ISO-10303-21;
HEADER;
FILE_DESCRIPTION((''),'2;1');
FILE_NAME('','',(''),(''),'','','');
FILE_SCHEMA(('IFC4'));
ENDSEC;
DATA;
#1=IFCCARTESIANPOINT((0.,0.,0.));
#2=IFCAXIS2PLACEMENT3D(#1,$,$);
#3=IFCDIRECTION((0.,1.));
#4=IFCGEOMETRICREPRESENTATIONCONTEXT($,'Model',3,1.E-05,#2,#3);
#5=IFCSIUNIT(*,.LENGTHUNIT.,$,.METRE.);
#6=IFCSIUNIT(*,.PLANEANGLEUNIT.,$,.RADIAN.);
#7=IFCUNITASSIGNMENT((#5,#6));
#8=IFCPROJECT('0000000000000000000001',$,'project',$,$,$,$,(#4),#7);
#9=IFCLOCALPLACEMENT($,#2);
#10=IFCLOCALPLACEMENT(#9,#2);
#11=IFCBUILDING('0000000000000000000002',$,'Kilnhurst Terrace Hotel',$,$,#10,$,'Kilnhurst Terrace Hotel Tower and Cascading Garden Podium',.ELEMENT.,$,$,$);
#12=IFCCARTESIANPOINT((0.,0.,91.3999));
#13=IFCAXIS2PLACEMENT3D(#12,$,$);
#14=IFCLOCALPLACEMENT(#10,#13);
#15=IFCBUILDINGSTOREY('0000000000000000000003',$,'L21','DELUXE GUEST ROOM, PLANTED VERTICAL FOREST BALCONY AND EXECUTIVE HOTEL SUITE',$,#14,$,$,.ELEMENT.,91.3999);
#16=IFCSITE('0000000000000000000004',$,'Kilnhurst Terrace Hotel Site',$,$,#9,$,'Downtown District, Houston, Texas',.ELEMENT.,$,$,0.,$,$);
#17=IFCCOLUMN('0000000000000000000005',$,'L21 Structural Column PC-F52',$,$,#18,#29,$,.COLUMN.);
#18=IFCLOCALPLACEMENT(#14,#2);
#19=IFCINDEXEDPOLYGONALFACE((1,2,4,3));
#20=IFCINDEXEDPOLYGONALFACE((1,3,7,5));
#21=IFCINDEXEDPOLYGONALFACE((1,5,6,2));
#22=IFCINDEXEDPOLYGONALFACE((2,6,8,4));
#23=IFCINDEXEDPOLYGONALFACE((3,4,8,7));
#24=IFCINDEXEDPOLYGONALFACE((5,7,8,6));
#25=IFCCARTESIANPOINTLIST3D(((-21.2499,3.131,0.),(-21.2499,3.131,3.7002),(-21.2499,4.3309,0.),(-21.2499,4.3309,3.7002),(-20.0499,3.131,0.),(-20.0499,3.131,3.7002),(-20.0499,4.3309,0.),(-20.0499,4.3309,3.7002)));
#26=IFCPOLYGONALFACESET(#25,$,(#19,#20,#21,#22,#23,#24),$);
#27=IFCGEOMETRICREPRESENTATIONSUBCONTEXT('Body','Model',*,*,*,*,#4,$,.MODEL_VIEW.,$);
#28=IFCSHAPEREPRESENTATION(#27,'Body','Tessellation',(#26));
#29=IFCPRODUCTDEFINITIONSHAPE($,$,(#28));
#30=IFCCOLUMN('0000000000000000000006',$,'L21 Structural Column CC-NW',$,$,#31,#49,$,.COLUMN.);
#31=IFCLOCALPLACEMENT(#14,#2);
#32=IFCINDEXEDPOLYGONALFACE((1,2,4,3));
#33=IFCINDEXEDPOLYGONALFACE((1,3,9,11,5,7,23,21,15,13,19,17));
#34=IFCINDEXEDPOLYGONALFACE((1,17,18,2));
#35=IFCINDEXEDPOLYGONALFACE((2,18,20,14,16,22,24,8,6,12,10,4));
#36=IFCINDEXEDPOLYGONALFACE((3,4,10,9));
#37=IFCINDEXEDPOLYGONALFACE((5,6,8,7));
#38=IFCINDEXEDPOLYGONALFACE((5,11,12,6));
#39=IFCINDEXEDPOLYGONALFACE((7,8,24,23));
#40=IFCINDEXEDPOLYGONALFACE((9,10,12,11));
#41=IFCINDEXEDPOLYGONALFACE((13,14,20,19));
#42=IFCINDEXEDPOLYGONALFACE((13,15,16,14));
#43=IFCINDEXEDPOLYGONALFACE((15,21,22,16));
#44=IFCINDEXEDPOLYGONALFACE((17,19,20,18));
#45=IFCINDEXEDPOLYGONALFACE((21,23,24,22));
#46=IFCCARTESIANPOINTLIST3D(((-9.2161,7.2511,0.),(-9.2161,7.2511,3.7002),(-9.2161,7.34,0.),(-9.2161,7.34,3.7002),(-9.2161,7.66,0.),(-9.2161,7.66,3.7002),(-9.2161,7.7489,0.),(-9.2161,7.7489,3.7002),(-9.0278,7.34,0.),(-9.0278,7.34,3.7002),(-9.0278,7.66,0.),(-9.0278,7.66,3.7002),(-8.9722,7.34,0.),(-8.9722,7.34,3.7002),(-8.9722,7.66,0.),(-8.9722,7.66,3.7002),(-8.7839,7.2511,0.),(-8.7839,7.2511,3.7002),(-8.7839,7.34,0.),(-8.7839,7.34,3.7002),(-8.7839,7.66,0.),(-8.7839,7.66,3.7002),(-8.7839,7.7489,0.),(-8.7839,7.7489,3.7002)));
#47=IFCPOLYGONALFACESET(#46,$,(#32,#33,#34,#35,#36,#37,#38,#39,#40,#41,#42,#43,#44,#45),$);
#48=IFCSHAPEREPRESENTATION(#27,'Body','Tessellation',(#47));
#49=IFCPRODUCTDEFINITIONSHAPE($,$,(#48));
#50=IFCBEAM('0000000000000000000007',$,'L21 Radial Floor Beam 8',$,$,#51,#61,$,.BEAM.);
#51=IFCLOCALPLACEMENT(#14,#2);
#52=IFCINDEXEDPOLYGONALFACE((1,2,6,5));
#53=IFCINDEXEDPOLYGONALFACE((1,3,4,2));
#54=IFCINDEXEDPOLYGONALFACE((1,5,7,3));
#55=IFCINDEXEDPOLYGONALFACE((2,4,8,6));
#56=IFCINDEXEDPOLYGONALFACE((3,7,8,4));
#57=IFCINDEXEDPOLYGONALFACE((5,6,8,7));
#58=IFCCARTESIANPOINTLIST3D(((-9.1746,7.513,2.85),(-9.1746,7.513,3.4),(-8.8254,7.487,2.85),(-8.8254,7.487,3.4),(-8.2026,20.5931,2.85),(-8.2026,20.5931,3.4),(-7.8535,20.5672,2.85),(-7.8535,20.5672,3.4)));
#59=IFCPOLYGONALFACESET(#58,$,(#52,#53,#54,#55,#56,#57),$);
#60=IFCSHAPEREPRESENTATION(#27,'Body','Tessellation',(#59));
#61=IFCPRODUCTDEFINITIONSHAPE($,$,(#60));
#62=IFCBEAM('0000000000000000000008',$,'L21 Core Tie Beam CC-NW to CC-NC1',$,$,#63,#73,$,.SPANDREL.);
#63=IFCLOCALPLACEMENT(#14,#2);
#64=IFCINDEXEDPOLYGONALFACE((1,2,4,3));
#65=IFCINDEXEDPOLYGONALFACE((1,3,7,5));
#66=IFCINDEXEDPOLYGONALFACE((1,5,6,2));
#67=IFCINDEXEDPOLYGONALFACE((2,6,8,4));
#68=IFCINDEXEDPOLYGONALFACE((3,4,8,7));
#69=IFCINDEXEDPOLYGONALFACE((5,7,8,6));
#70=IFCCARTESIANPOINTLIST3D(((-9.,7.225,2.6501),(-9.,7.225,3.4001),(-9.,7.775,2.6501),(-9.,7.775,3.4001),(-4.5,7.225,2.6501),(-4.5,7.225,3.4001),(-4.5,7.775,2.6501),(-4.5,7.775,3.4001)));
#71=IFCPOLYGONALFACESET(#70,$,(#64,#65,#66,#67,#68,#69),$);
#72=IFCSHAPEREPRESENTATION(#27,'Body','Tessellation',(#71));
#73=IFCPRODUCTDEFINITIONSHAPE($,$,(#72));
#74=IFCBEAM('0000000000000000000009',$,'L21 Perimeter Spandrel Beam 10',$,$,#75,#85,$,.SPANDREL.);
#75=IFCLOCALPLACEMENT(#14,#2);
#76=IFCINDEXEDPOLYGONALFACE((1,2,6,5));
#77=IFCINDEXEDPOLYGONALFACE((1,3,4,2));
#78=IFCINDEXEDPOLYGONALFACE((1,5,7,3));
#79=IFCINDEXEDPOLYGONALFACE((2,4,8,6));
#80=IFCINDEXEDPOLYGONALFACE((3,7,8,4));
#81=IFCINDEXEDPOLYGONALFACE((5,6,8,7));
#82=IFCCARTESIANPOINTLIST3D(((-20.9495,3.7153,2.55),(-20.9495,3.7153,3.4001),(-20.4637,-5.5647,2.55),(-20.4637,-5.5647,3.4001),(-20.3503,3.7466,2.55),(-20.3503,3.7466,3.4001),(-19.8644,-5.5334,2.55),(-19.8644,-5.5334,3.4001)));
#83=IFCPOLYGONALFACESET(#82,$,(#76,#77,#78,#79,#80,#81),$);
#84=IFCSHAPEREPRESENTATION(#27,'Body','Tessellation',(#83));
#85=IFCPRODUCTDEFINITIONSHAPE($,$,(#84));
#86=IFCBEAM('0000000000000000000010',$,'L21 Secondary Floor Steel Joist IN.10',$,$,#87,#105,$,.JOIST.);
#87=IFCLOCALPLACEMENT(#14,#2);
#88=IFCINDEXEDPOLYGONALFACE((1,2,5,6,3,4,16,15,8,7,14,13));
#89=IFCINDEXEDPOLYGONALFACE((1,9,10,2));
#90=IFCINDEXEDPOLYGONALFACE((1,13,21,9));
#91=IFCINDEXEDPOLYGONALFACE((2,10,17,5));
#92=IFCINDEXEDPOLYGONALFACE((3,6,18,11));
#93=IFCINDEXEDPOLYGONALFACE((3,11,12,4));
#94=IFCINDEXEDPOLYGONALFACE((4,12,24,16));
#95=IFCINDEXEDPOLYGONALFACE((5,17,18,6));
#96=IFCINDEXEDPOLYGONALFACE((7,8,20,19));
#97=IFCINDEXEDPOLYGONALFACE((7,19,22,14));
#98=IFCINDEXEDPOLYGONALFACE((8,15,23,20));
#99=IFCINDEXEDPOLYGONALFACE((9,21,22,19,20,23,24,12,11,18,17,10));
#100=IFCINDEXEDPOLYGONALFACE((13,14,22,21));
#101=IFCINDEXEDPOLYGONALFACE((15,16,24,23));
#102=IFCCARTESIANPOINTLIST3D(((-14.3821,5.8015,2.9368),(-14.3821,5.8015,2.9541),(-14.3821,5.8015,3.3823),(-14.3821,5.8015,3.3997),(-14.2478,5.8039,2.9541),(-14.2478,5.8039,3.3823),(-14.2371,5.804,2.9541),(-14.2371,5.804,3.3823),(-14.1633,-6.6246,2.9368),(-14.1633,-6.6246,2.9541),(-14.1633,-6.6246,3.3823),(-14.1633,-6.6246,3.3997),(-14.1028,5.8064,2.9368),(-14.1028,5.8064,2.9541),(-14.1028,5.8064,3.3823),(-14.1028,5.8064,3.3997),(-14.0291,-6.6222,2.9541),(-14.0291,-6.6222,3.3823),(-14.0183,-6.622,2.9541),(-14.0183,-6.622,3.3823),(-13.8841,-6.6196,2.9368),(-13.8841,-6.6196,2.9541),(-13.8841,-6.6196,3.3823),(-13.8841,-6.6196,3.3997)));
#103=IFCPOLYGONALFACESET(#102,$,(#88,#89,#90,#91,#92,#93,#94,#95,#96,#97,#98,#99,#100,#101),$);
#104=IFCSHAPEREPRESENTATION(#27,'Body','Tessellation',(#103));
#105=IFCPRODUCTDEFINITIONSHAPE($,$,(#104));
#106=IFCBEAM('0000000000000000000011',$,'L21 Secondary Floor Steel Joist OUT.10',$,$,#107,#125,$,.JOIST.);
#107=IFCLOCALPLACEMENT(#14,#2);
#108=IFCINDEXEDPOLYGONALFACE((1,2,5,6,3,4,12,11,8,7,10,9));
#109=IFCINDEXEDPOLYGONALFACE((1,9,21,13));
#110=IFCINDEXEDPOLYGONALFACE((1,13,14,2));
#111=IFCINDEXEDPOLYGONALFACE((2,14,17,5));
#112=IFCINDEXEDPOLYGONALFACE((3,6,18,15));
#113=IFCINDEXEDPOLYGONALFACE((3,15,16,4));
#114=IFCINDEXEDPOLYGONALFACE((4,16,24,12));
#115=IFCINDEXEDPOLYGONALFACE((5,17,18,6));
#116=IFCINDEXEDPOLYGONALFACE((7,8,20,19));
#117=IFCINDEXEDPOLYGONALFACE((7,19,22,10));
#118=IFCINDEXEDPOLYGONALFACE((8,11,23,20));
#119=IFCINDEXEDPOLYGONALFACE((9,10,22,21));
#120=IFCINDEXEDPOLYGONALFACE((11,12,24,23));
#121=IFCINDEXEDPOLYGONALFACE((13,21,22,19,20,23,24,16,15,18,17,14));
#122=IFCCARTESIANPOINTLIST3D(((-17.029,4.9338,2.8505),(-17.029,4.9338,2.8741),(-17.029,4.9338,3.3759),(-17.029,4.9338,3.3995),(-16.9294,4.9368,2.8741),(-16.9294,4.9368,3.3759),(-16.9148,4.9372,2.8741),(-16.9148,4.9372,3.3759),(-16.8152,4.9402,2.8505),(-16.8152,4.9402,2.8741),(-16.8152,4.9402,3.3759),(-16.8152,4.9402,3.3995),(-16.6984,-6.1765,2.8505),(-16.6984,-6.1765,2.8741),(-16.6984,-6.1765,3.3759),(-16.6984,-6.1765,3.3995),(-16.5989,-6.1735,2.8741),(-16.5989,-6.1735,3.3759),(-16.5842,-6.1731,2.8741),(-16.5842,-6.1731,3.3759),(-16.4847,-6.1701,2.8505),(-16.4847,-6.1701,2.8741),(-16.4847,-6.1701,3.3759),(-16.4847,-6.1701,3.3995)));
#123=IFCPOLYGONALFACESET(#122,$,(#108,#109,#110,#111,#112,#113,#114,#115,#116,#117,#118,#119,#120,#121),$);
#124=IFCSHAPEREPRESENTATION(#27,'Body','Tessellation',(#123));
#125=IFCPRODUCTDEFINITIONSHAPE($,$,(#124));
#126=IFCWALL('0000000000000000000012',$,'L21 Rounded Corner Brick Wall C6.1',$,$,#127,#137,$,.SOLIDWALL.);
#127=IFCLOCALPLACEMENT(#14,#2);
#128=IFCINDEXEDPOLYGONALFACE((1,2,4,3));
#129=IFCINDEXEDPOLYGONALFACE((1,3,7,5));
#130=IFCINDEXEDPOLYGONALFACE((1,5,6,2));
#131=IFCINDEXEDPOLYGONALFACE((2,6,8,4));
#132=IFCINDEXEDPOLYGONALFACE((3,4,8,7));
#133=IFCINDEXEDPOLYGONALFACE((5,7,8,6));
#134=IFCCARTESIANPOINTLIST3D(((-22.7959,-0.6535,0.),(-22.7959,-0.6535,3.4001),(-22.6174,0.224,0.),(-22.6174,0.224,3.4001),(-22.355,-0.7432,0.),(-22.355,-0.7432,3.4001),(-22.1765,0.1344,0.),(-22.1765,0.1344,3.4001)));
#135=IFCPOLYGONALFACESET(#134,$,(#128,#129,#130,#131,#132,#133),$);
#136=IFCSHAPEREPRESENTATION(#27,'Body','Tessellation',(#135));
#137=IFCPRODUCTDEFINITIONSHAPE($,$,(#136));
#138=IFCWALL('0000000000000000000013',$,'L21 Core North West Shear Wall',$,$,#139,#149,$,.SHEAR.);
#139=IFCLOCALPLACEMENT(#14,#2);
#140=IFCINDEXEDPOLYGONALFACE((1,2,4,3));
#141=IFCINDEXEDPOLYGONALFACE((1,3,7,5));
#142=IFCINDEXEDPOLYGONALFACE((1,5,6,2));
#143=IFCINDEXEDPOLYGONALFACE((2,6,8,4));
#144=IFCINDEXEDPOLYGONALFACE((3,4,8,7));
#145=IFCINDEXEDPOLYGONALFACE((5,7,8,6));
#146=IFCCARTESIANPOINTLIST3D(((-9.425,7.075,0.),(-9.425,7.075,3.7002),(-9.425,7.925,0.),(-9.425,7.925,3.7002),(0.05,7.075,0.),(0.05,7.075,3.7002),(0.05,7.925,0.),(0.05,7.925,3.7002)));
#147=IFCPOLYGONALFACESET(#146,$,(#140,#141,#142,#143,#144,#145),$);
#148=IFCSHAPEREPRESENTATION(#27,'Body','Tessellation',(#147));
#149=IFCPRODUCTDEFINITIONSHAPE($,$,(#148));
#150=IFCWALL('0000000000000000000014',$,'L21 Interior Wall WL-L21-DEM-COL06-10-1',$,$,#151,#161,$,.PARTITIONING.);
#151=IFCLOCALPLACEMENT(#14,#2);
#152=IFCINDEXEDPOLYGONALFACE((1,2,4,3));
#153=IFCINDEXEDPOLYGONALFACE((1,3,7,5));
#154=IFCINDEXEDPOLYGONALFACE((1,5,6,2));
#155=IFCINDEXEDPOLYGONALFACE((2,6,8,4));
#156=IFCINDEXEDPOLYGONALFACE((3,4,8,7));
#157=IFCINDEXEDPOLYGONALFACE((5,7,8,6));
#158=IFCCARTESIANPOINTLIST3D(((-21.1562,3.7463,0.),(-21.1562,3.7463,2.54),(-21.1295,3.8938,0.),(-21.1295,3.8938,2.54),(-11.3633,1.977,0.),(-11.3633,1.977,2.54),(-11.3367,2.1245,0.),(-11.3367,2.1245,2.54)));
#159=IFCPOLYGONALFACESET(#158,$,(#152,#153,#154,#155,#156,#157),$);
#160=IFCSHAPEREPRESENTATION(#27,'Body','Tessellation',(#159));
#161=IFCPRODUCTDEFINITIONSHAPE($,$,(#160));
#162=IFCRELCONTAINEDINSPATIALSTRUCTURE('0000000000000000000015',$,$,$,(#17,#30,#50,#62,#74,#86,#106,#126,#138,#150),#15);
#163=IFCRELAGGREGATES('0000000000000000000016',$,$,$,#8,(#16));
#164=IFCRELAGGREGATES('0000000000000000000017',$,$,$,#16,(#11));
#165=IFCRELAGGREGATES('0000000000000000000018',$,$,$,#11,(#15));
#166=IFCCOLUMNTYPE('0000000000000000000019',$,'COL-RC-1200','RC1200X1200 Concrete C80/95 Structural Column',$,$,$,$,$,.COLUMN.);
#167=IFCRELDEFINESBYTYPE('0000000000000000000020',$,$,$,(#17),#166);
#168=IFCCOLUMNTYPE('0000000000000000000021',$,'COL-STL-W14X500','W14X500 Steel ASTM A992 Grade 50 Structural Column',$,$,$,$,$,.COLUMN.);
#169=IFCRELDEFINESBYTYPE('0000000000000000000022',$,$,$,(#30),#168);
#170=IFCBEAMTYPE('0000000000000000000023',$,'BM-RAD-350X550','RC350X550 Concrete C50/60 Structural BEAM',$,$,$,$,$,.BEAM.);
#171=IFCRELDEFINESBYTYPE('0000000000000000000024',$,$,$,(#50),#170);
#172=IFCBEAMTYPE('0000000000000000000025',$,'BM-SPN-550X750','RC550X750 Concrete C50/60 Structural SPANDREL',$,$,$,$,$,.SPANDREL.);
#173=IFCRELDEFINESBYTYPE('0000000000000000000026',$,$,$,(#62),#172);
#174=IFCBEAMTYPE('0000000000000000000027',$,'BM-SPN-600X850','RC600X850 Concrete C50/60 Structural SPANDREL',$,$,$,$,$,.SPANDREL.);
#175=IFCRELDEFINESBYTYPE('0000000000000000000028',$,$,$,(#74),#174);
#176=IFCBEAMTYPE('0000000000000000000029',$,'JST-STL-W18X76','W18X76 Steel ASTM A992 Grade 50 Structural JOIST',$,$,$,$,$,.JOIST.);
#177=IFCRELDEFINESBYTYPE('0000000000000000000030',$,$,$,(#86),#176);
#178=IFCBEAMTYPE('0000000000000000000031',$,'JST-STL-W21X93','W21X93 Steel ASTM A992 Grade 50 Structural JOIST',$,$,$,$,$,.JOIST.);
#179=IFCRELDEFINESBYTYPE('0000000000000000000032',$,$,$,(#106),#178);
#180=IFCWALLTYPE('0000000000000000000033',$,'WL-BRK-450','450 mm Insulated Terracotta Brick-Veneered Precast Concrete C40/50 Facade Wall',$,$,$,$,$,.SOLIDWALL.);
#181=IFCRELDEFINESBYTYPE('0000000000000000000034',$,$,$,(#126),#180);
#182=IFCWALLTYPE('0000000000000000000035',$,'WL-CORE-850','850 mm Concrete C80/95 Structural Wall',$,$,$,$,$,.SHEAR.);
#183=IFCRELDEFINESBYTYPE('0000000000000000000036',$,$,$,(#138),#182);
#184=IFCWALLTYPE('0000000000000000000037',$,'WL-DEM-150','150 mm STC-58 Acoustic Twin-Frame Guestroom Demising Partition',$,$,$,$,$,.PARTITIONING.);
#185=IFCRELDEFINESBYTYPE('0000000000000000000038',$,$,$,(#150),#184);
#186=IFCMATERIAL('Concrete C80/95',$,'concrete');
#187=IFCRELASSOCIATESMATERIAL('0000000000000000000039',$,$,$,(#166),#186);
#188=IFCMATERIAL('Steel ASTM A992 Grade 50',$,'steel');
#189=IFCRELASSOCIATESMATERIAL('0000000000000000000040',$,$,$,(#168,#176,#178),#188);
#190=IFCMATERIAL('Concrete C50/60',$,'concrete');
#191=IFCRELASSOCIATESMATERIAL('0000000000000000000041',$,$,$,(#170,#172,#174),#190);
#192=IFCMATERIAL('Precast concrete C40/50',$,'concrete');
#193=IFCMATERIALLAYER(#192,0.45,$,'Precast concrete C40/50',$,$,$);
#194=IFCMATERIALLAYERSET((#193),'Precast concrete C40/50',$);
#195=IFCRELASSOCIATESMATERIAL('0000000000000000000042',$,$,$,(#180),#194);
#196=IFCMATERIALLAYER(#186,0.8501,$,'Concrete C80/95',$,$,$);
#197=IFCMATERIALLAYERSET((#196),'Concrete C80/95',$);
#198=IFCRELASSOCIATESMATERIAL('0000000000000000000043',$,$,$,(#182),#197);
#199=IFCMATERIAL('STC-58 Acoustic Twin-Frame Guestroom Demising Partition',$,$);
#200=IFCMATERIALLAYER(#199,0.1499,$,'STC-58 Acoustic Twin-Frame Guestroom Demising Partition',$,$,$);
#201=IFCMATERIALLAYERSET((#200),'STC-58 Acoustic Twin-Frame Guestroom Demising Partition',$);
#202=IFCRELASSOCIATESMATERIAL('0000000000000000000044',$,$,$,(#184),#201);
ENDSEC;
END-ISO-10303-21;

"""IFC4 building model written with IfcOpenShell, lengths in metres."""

from ifc_helpers import new_model, si_unit, direction, frame, frame_2d, origin, origin_2d, place, context, subcontext, project, spatial, rectangle, i_section, extrude, material, layer, layer_set, material_profile, profile_set, type_object, element, save


model = new_model("IFC4")

# Units and contexts
model_context = context("Model", 3, precision=1e-05, world=origin(), true_north=direction((0.0, 1.0)))
body_context = subcontext(model_context, "Body", "Model", "MODEL_VIEW")
ifc_project = project(units=[si_unit("LENGTHUNIT", "METRE"), si_unit("PLANEANGLEUNIT", "RADIAN")], contexts=[model_context])

# Site, building, storey
site_placement = place(None, origin())
site = spatial("IfcSite", under=ifc_project, at=site_placement, Name="Kilnhurst Terrace Hotel Site", LongName="Downtown District, Houston, Texas", CompositionType="ELEMENT", RefElevation=0.0)
building_placement = place(site_placement, origin())
building = spatial("IfcBuilding", under=site, at=building_placement, Name="Kilnhurst Terrace Hotel", LongName="Kilnhurst Terrace Hotel Tower and Cascading Garden Podium", CompositionType="ELEMENT")
storey_placement = place(building_placement, frame((0.0, 0.0, 91.3999)))
storey = spatial("IfcBuildingStorey", under=building, at=storey_placement, Name="L21", Description="DELUXE GUEST ROOM, PLANTED VERTICAL FOREST BALCONY AND EXECUTIVE HOTEL SUITE", CompositionType="ELEMENT", Elevation=91.3999)

# Columns
ifc_material_1 = material(Name="Concrete C80/95", Category="concrete")
ifc_material_profile_1 = material_profile(ifc_material_1, rectangle(XDim=1.2, YDim=1.2, at=origin_2d()), Name="RC1200X1200")
ifc_profile_set_1 = profile_set([ifc_material_profile_1], Name="Concrete C80/95")
column_type_1 = type_object("IfcColumnType", Name="COL-RC-1200", Description="RC1200X1200 Concrete C80/95 Structural Column", PredefinedType="COLUMN", material=ifc_profile_set_1)
column_1_placement = place(storey_placement, frame((-20.6499, 3.731, 0.0), z_axis=(0.0, 0.0, 1.0), x_axis=(1.0, 0.0, 0.0)))
element("IfcColumn", 1, at=column_1_placement, inside=storey, type_object=column_type_1, Name="L21 Structural Column PC-F52", PredefinedType="COLUMN", context=body_context, shape_type="SweptSolid", body=[
    extrude(rectangle(XDim=1.2, YDim=1.2, at=origin_2d()), origin(), (0.0, 0.0, 1.0), 3.7002),
])
ifc_material_2 = material(Name="Steel ASTM A992 Grade 50", Category="steel")
ifc_material_profile_2 = material_profile(ifc_material_2, i_section(OverallWidth=0.4321, OverallDepth=0.4978, WebThickness=0.0557, FlangeThickness=0.0889, at=origin_2d()), Name="W14X500")
ifc_profile_set_2 = profile_set([ifc_material_profile_2], Name="Steel ASTM A992 Grade 50")
column_type_2 = type_object("IfcColumnType", Name="COL-STL-W14X500", Description="W14X500 Steel ASTM A992 Grade 50 Structural Column", PredefinedType="COLUMN", material=ifc_profile_set_2)
column_2_placement = place(storey_placement, frame((-9.0, 7.5, 0.0), z_axis=(0.0, 0.0, 1.0), x_axis=(1.0, 0.0, 0.0)))
element("IfcColumn", 2, at=column_2_placement, inside=storey, type_object=column_type_2, Name="L21 Structural Column CC-NW", PredefinedType="COLUMN", context=body_context, shape_type="SweptSolid", body=[
    extrude(i_section(OverallWidth=0.4321, OverallDepth=0.4978, WebThickness=0.0557, FlangeThickness=0.0889, at=origin_2d()), origin(), (0.0, 0.0, 1.0), 3.7002),
])

# Beams
ifc_material_3 = material(Name="Concrete C50/60", Category="concrete")
ifc_material_profile_3 = material_profile(ifc_material_3, rectangle(XDim=0.3501, YDim=0.55, at=origin_2d()), Name="RC350X550")
ifc_profile_set_3 = profile_set([ifc_material_profile_3], Name="Concrete C50/60")
beam_type_1 = type_object("IfcBeamType", Name="BM-RAD-350X550", Description="RC350X550 Concrete C50/60 Structural BEAM", PredefinedType="BEAM", material=ifc_profile_set_3)
beam_1_placement = place(storey_placement, frame((-9.0, 7.5, 3.125), z_axis=(0.074101, 0.997251, 0.0), x_axis=(-0.997251, 0.074101, 0.0)))
element("IfcBeam", 3, at=beam_1_placement, inside=storey, type_object=beam_type_1, Name="L21 Radial Floor Beam 8", PredefinedType="BEAM", context=body_context, shape_type="SweptSolid", body=[
    extrude(rectangle(XDim=0.3501, YDim=0.55, at=origin_2d()), origin(), (0.0, 0.0, 1.0), 13.1162),
])
ifc_material_profile_4 = material_profile(ifc_material_3, rectangle(XDim=0.55, YDim=0.75, at=origin_2d()), Name="RC550X750")
ifc_profile_set_4 = profile_set([ifc_material_profile_4], Name="Concrete C50/60")
beam_type_2 = type_object("IfcBeamType", Name="BM-SPN-550X750", Description="RC550X750 Concrete C50/60 Structural SPANDREL", PredefinedType="SPANDREL", material=ifc_profile_set_4)
beam_2_placement = place(storey_placement, frame((-9.0, 7.5, 3.0251), z_axis=(1.0, 0.0, 0.0), x_axis=(0.0, 1.0, 0.0)))
element("IfcBeam", 4, at=beam_2_placement, inside=storey, type_object=beam_type_2, Name="L21 Core Tie Beam CC-NW to CC-NC1", PredefinedType="SPANDREL", context=body_context, shape_type="SweptSolid", body=[
    extrude(rectangle(XDim=0.55, YDim=0.75, at=origin_2d()), origin(), (0.0, 0.0, 1.0), 4.5),
])
ifc_material_profile_5 = material_profile(ifc_material_3, rectangle(XDim=0.6001, YDim=0.8501, at=origin_2d()), Name="RC600X850")
ifc_profile_set_5 = profile_set([ifc_material_profile_5], Name="Concrete C50/60")
beam_type_3 = type_object("IfcBeamType", Name="BM-SPN-600X850", Description="RC600X850 Concrete C50/60 Structural SPANDREL", PredefinedType="SPANDREL", material=ifc_profile_set_5)
beam_3_placement = place(storey_placement, frame((-20.6499, 3.731, 2.9751), z_axis=(0.052282, -0.998632, 0.0), x_axis=(0.998632, 0.052282, 0.0)))
element("IfcBeam", 5, at=beam_3_placement, inside=storey, type_object=beam_type_3, Name="L21 Perimeter Spandrel Beam 10", PredefinedType="SPANDREL", context=body_context, shape_type="SweptSolid", body=[
    extrude(rectangle(XDim=0.6001, YDim=0.8501, at=origin_2d()), origin(), (0.0, 0.0, 1.0), 9.2927),
])
ifc_material_profile_6 = material_profile(ifc_material_2, i_section(OverallWidth=0.2793, OverallDepth=0.4629, WebThickness=0.0107, FlangeThickness=0.0173, at=origin_2d()), Name="W18X76")
ifc_profile_set_6 = profile_set([ifc_material_profile_6], Name="Steel ASTM A992 Grade 50")
beam_type_4 = type_object("IfcBeamType", Name="JST-STL-W18X76", Description="W18X76 Steel ASTM A992 Grade 50 Structural JOIST", PredefinedType="JOIST", material=ifc_profile_set_6)
beam_4_placement = place(storey_placement, frame((-14.2424, 5.804, 3.1682), z_axis=(0.017601, -0.999845, 0.0), x_axis=(0.999845, 0.017601, 0.0)))
element("IfcBeam", 6, at=beam_4_placement, inside=storey, type_object=beam_type_4, Name="L21 Secondary Floor Steel Joist IN.10", PredefinedType="JOIST", context=body_context, shape_type="SweptSolid", body=[
    extrude(i_section(OverallWidth=0.2793, OverallDepth=0.4629, WebThickness=0.0107, FlangeThickness=0.0173, at=origin_2d()), origin(), (0.0, 0.0, 1.0), 12.428),
])
ifc_material_profile_7 = material_profile(ifc_material_2, i_section(OverallWidth=0.2139, OverallDepth=0.5491, WebThickness=0.0146, FlangeThickness=0.0237, at=origin_2d()), Name="W21X93")
ifc_profile_set_7 = profile_set([ifc_material_profile_7], Name="Steel ASTM A992 Grade 50")
beam_type_5 = type_object("IfcBeamType", Name="JST-STL-W21X93", Description="W21X93 Steel ASTM A992 Grade 50 Structural JOIST", PredefinedType="JOIST", material=ifc_profile_set_7)
beam_5_placement = place(storey_placement, frame((-16.9221, 4.937, 3.125), z_axis=(0.02974, -0.999558, 0.0), x_axis=(0.999558, 0.02974, 0.0)))
element("IfcBeam", 7, at=beam_5_placement, inside=storey, type_object=beam_type_5, Name="L21 Secondary Floor Steel Joist OUT.10", PredefinedType="JOIST", context=body_context, shape_type="SweptSolid", body=[
    extrude(i_section(OverallWidth=0.2139, OverallDepth=0.5491, WebThickness=0.0146, FlangeThickness=0.0237, at=origin_2d()), origin(), (0.0, 0.0, 1.0), 11.1152),
])

# Walls
ifc_material_4 = material(Name="Precast concrete C40/50", Category="concrete")
ifc_layer_1 = layer(ifc_material_4, 0.45, Name="Precast concrete C40/50")
ifc_layer_set_1 = layer_set([ifc_layer_1], Name="Precast concrete C40/50")
wall_type_1 = type_object("IfcWallType", Name="WL-BRK-450", Description="450 mm Insulated Terracotta Brick-Veneered Precast Concrete C40/50 Facade Wall", PredefinedType="SOLIDWALL", material=ifc_layer_set_1)
wall_1_placement = place(storey_placement, frame((-22.397, 0.1792, 0.0), z_axis=(0.0, 0.0, 1.0), x_axis=(-0.199314, -0.979936, 0.0)))
element("IfcWall", 8, at=wall_1_placement, inside=storey, type_object=wall_type_1, Name="L21 Rounded Corner Brick Wall C6.1", PredefinedType="SOLIDWALL", context=body_context, shape_type="SweptSolid", body=[
    extrude(rectangle(XDim=0.8955, YDim=0.45, at=frame_2d((0.4478, 0.0))), origin(), (0.0, 0.0, 1.0), 3.4001),
])
ifc_layer_2 = layer(ifc_material_1, 0.8501, Name="Concrete C80/95")
ifc_layer_set_2 = layer_set([ifc_layer_2], Name="Concrete C80/95")
wall_type_2 = type_object("IfcWallType", Name="WL-CORE-850", Description="850 mm Concrete C80/95 Structural Wall", PredefinedType="SHEAR", material=ifc_layer_set_2)
wall_2_placement = place(storey_placement, frame((-9.425, 7.5, 0.0), z_axis=(0.0, 0.0, 1.0), x_axis=(1.0, 0.0, 0.0)))
element("IfcWall", 9, at=wall_2_placement, inside=storey, type_object=wall_type_2, Name="L21 Core North West Shear Wall", PredefinedType="SHEAR", context=body_context, shape_type="SweptSolid", body=[
    extrude(rectangle(XDim=9.4751, YDim=0.8501, at=frame_2d((4.7375, 0.0))), origin(), (0.0, 0.0, 1.0), 3.7002),
])
ifc_material_5 = material(Name="STC-58 Acoustic Twin-Frame Guestroom Demising Partition")
ifc_layer_3 = layer(ifc_material_5, 0.1499, Name="STC-58 Acoustic Twin-Frame Guestroom Demising Partition")
ifc_layer_set_3 = layer_set([ifc_layer_3], Name="STC-58 Acoustic Twin-Frame Guestroom Demising Partition")
wall_type_3 = type_object("IfcWallType", Name="WL-DEM-150", Description="150 mm STC-58 Acoustic Twin-Frame Guestroom Demising Partition", PredefinedType="PARTITIONING", material=ifc_layer_set_3)
wall_3_placement = place(storey_placement, frame((-11.3501, 2.0508, 0.0), z_axis=(0.0, 0.0, 1.0), x_axis=(-0.984068, 0.177791, 0.0)))
element("IfcWall", 10, at=wall_3_placement, inside=storey, type_object=wall_type_3, Name="L21 Interior Wall WL-L21-DEM-COL06-10-1", PredefinedType="PARTITIONING", context=body_context, shape_type="SweptSolid", body=[
    extrude(rectangle(XDim=9.9514, YDim=0.1499, at=frame_2d((4.9756, 0.0))), origin(), (0.0, 0.0, 1.0), 2.54),
])

save(model, "model.ifc")
